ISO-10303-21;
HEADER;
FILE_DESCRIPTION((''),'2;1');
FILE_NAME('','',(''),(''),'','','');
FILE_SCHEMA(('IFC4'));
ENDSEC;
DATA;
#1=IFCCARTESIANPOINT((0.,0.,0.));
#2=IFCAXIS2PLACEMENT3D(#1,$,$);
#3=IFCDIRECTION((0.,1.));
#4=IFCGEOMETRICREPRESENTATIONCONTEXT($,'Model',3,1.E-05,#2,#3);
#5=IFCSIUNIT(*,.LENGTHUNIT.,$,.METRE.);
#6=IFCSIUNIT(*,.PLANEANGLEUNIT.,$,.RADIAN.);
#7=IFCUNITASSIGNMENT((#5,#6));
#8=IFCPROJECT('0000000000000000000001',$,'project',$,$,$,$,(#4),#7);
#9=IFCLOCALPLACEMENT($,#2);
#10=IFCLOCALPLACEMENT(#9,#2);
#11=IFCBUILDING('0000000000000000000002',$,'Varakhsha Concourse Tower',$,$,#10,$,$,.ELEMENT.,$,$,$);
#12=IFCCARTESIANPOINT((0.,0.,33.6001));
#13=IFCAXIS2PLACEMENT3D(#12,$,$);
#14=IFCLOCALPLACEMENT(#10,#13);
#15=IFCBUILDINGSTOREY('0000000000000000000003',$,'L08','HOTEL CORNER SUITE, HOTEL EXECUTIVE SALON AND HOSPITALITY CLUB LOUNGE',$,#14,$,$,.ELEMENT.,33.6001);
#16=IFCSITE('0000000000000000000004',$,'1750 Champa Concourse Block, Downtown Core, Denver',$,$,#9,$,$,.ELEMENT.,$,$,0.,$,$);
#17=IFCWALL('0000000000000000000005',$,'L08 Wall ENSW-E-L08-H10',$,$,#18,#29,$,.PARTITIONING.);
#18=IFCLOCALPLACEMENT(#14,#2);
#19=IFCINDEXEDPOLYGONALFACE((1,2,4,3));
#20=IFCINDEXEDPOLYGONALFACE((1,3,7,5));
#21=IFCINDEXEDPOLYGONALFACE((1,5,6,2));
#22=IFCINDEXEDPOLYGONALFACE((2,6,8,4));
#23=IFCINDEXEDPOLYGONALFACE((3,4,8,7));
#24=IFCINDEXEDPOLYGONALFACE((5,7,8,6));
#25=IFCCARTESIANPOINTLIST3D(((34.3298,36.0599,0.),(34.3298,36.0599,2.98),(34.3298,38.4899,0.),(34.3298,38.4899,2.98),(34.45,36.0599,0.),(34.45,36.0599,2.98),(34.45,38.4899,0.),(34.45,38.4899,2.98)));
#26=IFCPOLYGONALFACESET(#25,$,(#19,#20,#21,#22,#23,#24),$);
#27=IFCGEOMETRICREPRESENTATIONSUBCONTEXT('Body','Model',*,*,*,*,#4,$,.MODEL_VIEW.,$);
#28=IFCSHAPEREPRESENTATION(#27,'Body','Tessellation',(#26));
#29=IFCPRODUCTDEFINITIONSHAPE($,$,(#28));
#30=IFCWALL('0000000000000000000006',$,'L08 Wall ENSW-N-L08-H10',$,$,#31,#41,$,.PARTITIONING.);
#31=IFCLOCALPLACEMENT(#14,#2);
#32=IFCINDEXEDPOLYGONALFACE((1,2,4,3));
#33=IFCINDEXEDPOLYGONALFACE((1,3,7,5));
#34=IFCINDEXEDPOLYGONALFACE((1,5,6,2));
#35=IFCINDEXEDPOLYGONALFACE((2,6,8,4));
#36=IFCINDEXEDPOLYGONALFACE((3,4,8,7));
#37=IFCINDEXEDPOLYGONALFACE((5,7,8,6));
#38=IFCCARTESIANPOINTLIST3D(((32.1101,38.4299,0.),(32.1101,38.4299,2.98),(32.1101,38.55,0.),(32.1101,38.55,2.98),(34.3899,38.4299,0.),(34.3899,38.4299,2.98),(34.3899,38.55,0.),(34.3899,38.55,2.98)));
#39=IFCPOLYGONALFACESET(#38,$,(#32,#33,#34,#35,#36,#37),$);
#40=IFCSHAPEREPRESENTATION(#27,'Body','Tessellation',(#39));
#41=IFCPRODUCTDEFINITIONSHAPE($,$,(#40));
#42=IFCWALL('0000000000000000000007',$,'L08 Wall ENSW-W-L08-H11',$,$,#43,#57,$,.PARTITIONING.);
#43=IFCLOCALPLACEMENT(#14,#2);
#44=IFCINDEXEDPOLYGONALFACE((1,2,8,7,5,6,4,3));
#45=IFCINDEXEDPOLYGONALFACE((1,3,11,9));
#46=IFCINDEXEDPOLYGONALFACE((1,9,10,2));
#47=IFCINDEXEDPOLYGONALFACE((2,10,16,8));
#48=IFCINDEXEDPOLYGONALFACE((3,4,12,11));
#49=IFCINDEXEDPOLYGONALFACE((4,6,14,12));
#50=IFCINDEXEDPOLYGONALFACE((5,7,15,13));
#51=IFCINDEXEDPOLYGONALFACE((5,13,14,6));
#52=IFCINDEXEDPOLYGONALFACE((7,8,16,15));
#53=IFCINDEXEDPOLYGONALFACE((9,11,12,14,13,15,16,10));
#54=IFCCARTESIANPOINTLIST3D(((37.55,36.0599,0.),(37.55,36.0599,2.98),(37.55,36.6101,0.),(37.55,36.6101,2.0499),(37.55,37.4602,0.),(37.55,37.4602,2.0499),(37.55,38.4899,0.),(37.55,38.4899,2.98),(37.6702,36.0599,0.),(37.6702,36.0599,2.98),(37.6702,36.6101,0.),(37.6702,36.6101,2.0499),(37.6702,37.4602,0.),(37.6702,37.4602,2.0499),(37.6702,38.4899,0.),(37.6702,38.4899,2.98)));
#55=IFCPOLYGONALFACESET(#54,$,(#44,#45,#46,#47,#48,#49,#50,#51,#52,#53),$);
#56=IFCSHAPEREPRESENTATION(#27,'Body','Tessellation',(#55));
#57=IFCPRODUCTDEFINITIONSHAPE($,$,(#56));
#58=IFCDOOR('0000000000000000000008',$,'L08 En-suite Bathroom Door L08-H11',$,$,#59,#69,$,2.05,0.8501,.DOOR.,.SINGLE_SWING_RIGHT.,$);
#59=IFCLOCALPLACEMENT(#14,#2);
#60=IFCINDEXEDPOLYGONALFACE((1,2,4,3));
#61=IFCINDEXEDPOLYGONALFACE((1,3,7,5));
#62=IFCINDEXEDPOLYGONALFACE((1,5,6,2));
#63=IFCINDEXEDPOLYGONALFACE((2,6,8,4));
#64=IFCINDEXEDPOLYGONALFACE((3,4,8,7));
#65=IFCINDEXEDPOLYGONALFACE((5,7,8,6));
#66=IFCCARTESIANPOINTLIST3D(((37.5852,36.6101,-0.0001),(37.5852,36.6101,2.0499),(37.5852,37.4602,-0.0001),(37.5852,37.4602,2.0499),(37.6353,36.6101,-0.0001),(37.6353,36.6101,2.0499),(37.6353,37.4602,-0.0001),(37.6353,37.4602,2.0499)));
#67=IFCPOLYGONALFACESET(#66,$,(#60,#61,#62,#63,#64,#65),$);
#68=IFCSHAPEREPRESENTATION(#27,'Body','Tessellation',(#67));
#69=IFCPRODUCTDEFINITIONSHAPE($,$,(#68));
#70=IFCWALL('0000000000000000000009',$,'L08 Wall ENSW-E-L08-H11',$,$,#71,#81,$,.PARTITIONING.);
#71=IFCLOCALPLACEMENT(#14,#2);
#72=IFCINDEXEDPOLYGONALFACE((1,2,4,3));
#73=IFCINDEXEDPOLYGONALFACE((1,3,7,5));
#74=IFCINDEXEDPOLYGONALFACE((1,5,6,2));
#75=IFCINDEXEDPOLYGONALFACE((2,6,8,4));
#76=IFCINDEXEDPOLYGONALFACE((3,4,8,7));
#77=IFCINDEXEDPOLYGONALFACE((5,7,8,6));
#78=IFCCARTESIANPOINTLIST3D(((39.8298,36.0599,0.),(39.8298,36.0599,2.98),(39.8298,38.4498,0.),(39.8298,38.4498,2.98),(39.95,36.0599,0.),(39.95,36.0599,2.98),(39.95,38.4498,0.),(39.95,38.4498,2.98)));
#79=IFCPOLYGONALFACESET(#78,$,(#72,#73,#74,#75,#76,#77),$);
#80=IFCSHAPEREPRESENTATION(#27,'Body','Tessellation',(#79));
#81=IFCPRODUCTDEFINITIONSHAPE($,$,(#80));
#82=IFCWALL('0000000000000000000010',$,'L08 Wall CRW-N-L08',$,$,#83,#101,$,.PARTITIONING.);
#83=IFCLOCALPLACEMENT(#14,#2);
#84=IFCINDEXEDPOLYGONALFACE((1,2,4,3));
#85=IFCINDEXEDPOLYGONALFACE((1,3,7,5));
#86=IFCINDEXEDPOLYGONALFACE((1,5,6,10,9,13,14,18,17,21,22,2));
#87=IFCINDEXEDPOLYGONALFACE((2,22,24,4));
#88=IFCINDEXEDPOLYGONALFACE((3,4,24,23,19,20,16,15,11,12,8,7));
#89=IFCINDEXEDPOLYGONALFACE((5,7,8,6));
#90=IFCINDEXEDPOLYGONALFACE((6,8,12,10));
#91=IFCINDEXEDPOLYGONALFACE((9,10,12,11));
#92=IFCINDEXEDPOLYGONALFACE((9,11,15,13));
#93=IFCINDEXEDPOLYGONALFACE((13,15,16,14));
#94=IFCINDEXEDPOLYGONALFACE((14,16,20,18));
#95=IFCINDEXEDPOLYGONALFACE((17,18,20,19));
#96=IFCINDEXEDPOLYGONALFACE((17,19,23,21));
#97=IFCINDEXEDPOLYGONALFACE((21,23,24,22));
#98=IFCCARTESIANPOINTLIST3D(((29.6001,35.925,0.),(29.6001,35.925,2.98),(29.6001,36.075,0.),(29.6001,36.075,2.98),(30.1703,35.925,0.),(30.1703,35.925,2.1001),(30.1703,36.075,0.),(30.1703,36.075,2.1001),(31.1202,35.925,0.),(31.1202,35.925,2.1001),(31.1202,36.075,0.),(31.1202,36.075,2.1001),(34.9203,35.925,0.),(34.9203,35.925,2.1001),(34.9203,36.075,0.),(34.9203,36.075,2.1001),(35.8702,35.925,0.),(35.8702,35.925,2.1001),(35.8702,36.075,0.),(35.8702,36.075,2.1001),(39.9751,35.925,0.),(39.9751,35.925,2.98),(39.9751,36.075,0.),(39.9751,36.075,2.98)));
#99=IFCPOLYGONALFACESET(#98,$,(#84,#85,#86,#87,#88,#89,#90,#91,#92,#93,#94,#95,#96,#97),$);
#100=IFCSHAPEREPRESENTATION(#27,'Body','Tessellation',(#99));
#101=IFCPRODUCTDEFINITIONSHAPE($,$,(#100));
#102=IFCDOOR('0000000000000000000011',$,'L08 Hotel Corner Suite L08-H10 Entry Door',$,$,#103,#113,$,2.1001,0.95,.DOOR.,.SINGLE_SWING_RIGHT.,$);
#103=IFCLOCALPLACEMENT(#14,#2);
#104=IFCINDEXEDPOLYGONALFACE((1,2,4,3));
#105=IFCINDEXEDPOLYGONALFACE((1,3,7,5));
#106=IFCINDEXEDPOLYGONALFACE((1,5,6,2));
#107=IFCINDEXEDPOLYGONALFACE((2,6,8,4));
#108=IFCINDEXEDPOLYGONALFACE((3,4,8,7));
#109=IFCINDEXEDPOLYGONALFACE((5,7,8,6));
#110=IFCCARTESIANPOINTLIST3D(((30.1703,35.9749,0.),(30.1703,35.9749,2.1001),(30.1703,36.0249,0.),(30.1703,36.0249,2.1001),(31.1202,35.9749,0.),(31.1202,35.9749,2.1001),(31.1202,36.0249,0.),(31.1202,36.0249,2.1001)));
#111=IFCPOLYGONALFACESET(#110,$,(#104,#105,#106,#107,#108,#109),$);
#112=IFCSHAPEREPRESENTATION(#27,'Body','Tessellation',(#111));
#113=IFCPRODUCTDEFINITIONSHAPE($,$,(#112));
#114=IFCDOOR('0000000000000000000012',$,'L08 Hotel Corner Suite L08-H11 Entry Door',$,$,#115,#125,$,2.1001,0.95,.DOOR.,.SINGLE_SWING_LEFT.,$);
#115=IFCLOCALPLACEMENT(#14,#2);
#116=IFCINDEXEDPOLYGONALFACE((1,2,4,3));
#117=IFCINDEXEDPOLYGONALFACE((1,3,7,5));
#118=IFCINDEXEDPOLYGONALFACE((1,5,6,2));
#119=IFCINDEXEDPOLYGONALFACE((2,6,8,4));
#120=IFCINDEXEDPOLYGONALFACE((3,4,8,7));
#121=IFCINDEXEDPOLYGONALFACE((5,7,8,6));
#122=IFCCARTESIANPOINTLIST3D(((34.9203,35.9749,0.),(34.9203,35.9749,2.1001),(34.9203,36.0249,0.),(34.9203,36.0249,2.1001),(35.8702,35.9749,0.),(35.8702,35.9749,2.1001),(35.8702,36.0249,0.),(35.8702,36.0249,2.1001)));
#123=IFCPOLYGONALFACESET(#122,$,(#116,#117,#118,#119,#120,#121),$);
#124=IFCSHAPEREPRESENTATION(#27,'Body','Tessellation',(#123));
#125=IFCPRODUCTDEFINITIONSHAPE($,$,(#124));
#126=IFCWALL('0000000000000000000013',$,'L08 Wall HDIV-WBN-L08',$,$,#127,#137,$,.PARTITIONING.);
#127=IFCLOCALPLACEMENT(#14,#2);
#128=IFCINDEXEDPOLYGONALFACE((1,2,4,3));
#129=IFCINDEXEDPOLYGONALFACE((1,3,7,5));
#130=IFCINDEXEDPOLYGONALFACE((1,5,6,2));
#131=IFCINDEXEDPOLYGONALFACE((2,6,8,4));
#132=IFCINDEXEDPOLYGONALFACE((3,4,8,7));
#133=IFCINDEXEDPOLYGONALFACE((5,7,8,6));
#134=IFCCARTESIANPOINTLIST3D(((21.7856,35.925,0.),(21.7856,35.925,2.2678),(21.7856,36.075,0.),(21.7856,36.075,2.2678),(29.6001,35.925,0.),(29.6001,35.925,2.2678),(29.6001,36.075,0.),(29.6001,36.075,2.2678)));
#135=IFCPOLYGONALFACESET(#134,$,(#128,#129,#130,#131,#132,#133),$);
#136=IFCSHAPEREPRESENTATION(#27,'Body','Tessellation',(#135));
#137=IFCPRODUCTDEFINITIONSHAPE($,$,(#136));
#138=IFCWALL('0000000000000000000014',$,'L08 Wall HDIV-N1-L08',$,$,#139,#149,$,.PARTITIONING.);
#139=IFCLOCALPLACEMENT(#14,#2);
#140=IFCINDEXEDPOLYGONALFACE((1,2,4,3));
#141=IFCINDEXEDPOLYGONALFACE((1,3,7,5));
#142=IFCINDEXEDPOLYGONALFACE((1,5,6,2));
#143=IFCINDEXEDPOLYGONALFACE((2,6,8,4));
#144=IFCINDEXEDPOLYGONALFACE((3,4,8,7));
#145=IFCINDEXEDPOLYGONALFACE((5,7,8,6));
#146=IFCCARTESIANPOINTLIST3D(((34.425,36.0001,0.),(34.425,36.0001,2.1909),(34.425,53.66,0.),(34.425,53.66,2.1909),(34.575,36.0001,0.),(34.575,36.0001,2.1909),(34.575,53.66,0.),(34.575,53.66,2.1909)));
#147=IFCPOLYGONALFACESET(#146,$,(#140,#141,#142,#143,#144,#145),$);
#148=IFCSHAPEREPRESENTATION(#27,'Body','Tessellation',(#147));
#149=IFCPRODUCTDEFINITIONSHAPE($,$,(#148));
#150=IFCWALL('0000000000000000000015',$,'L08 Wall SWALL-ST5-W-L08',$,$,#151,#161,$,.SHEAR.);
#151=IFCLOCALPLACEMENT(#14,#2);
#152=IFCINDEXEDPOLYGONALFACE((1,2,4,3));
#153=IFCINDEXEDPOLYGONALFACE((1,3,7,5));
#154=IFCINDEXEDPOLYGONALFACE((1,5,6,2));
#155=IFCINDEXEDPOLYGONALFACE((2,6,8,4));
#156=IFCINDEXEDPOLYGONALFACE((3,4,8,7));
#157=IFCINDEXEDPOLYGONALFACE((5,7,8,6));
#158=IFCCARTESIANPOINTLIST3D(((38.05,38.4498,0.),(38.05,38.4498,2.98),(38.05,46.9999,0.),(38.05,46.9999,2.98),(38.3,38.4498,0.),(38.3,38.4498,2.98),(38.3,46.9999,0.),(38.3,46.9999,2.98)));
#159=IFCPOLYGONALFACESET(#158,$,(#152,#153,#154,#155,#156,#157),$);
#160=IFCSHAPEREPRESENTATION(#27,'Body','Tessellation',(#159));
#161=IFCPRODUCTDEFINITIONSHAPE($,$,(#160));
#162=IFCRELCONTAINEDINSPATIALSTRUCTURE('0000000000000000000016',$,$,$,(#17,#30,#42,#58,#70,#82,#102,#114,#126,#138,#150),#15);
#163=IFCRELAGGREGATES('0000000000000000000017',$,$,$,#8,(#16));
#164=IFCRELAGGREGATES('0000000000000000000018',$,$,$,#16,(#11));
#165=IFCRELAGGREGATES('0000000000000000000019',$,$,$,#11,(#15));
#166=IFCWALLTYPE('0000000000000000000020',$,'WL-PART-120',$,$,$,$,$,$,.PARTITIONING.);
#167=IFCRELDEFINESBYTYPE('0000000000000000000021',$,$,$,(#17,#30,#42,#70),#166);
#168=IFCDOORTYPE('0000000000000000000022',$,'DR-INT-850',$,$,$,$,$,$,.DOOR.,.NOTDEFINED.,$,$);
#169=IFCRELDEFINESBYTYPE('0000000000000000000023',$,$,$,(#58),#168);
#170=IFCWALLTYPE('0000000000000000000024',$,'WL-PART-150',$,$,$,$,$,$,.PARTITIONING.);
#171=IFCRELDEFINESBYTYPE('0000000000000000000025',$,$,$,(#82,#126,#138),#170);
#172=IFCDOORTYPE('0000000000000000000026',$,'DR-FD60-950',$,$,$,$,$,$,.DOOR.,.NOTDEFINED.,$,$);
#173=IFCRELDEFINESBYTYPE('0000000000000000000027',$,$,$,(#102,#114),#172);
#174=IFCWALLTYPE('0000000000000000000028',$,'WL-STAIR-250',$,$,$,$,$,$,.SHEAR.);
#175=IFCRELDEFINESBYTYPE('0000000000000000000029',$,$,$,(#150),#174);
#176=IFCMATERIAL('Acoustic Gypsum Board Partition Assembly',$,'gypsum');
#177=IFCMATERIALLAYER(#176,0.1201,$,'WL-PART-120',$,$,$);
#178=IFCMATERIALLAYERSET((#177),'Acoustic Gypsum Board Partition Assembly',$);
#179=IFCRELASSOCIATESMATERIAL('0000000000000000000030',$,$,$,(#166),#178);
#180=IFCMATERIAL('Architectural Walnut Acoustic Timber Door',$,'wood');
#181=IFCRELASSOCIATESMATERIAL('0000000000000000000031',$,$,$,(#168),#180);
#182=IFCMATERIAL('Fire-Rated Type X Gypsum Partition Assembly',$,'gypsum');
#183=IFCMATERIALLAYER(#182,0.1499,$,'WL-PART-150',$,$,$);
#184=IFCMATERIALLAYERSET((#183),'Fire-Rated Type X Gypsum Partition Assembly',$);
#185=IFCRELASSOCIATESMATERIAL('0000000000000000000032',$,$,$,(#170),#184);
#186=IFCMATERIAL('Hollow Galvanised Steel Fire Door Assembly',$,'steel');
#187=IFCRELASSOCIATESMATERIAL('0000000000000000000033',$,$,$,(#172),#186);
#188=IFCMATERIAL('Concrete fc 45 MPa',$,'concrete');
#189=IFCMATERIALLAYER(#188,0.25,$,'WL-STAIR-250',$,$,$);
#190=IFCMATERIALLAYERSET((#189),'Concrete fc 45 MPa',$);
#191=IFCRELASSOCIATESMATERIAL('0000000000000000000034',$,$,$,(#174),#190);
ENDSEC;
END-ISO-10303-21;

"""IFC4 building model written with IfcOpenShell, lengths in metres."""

from ifc_helpers import new_model, si_unit, direction, frame, frame_2d, origin, place, context, subcontext, project, spatial, rectangle, extrude, material, layer, layer_set, type_object, element, fill, save


model = new_model("IFC4")

# Units and contexts
model_context = context("Model", 3, precision=1e-05, world=origin(), true_north=direction((0.0, 1.0)))
body_context = subcontext(model_context, "Body", "Model", "MODEL_VIEW")
ifc_project = project(units=[si_unit("LENGTHUNIT", "METRE"), si_unit("PLANEANGLEUNIT", "RADIAN")], contexts=[model_context])

# Site, building, storey
site_placement = place(None, origin())
site = spatial("IfcSite", under=ifc_project, at=site_placement, Name="1750 Champa Concourse Block, Downtown Core, Denver", CompositionType="ELEMENT", RefElevation=0.0)
building_placement = place(site_placement, origin())
building = spatial("IfcBuilding", under=site, at=building_placement, Name="Varakhsha Concourse Tower", CompositionType="ELEMENT")
storey_placement = place(building_placement, frame((0.0, 0.0, 33.6001)))
storey = spatial("IfcBuildingStorey", under=building, at=storey_placement, Name="L08", Description="HOTEL CORNER SUITE, HOTEL EXECUTIVE SALON AND HOSPITALITY CLUB LOUNGE", CompositionType="ELEMENT", Elevation=33.6001)

# Shared definitions
ifc_material_1 = material(Name="Acoustic Gypsum Board Partition Assembly", Category="gypsum")
ifc_layer_1 = layer(ifc_material_1, 0.1201, Name="WL-PART-120")
ifc_layer_set_1 = layer_set([ifc_layer_1], Name="Acoustic Gypsum Board Partition Assembly")
wall_type_1 = type_object("IfcWallType", Name="WL-PART-120", PredefinedType="PARTITIONING", material=ifc_layer_set_1)

# Shared definitions
ifc_material_2 = material(Name="Architectural Walnut Acoustic Timber Door", Category="wood")
door_type_1 = type_object("IfcDoorType", Name="DR-INT-850", OperationType="NOTDEFINED", PredefinedType="DOOR", material=ifc_material_2)

# Walls
wall_1_placement = place(storey_placement, frame((34.3899, 36.0601, 0.0), z_axis=(0.0, 0.0, 1.0), x_axis=(0.0, 1.0, 0.0)))
element("IfcWall", 1, at=wall_1_placement, inside=storey, type_object=wall_type_1, Name="L08 Wall ENSW-E-L08-H10", PredefinedType="PARTITIONING", context=body_context, shape_type="SweptSolid", body=[
    extrude(rectangle(XDim=2.4299, YDim=0.1201, at=frame_2d((1.2148, 0.0))), origin(), (0.0, 0.0, 1.0), 2.98),
])
wall_2_placement = place(storey_placement, frame((32.1101, 38.49, 0.0), z_axis=(0.0, 0.0, 1.0), x_axis=(1.0, 0.0, 0.0)))
element("IfcWall", 2, at=wall_2_placement, inside=storey, type_object=wall_type_1, Name="L08 Wall ENSW-N-L08-H10", PredefinedType="PARTITIONING", context=body_context, shape_type="SweptSolid", body=[
    extrude(rectangle(XDim=2.2798, YDim=0.1201, at=frame_2d((1.1399, 0.0))), origin(), (0.0, 0.0, 1.0), 2.98),
])

# Wall, opening, door
wall_3_placement = place(storey_placement, frame((37.6101, 36.0601, 0.0), z_axis=(0.0, 0.0, 1.0), x_axis=(0.0, 1.0, 0.0)))
wall_3 = element("IfcWall", 3, at=wall_3_placement, inside=storey, type_object=wall_type_1, Name="L08 Wall ENSW-W-L08-H11", PredefinedType="PARTITIONING", context=body_context, shape_type="SweptSolid", body=[
    extrude(rectangle(XDim=2.4299, YDim=0.1201, at=frame_2d((1.2148, 0.0))), origin(), (0.0, 0.0, 1.0), 2.98),
])
opening_1_placement = place(wall_3_placement, frame((0.55, 0.0, 0.0)))
opening_1 = element("IfcOpeningElement", 4, at=opening_1_placement, cuts=wall_3, PredefinedType="OPENING", context=body_context, shape_type="SweptSolid", body=[
    extrude(rectangle(XDim=0.8501, YDim=2.05, at=frame_2d((0.425, 1.0249))), frame((0.0, 0.0701, 0.0), z_axis=(0.0, -1.0, 0.0), x_axis=(1.0, 0.0, 0.0)), (0.0, 0.0, 1.0), 0.1401),
])
door_1_placement = place(opening_1_placement, origin())
door_1 = element("IfcDoor", 5, at=door_1_placement, inside=storey, type_object=door_type_1, Name="L08 En-suite Bathroom Door L08-H11", OperationType="SINGLE_SWING_RIGHT", OverallHeight=2.05, OverallWidth=0.8501, PredefinedType="DOOR", context=body_context, shape_type="SweptSolid", body=[
    extrude(rectangle(XDim=0.8501, YDim=2.05, at=frame_2d((0.425, 1.0249))), frame((0.0, 0.0249, 0.0), z_axis=(0.0, -1.0, 0.0), x_axis=(1.0, 0.0, 0.0)), (0.0, 0.0, 1.0), 0.05),
])
fill(opening_1, door_1)

# Wall
wall_4_placement = place(storey_placement, frame((39.8899, 36.0601, 0.0), z_axis=(0.0, 0.0, 1.0), x_axis=(0.0, 1.0, 0.0)))
element("IfcWall", 6, at=wall_4_placement, inside=storey, type_object=wall_type_1, Name="L08 Wall ENSW-E-L08-H11", PredefinedType="PARTITIONING", context=body_context, shape_type="SweptSolid", body=[
    extrude(rectangle(XDim=2.3899, YDim=0.1201, at=frame_2d((1.1948, 0.0))), origin(), (0.0, 0.0, 1.0), 2.98),
])

# Wall, openings, doors
ifc_material_3 = material(Name="Fire-Rated Type X Gypsum Partition Assembly", Category="gypsum")
ifc_layer_2 = layer(ifc_material_3, 0.1499, Name="WL-PART-150")
ifc_layer_set_2 = layer_set([ifc_layer_2], Name="Fire-Rated Type X Gypsum Partition Assembly")
wall_type_2 = type_object("IfcWallType", Name="WL-PART-150", PredefinedType="PARTITIONING", material=ifc_layer_set_2)
wall_5_placement = place(storey_placement, frame((29.6001, 36.0, 0.0), z_axis=(0.0, 0.0, 1.0), x_axis=(1.0, 0.0, 0.0)))
wall_5 = element("IfcWall", 7, at=wall_5_placement, inside=storey, type_object=wall_type_2, Name="L08 Wall CRW-N-L08", PredefinedType="PARTITIONING", context=body_context, shape_type="SweptSolid", body=[
    extrude(rectangle(XDim=10.375, YDim=0.1499, at=frame_2d((5.1875, 0.0))), origin(), (0.0, 0.0, 1.0), 2.98),
])
opening_2_placement = place(wall_5_placement, frame((0.5701, 0.0, 0.0)))
opening_2 = element("IfcOpeningElement", 8, at=opening_2_placement, cuts=wall_5, PredefinedType="OPENING", context=body_context, shape_type="SweptSolid", body=[
    extrude(rectangle(XDim=0.95, YDim=2.1001, at=frame_2d((0.4751, 1.05))), frame((0.0, 0.085, 0.0), z_axis=(0.0, -1.0, 0.0), x_axis=(1.0, 0.0, 0.0)), (0.0, 0.0, 1.0), 0.1699),
])
opening_3_placement = place(wall_5_placement, frame((5.3201, 0.0, 0.0)))
opening_3 = element("IfcOpeningElement", 9, at=opening_3_placement, cuts=wall_5, PredefinedType="OPENING", context=body_context, shape_type="SweptSolid", body=[
    extrude(rectangle(XDim=0.95, YDim=2.1001, at=frame_2d((0.4751, 1.05))), frame((0.0, 0.085, 0.0), z_axis=(0.0, -1.0, 0.0), x_axis=(1.0, 0.0, 0.0)), (0.0, 0.0, 1.0), 0.1699),
])
ifc_material_4 = material(Name="Hollow Galvanised Steel Fire Door Assembly", Category="steel")
door_type_2 = type_object("IfcDoorType", Name="DR-FD60-950", OperationType="NOTDEFINED", PredefinedType="DOOR", material=ifc_material_4)
door_2_placement = place(opening_2_placement, origin())
door_2 = element("IfcDoor", 10, at=door_2_placement, inside=storey, type_object=door_type_2, Name="L08 Hotel Corner Suite L08-H10 Entry Door", OperationType="SINGLE_SWING_RIGHT", OverallHeight=2.1001, OverallWidth=0.95, PredefinedType="DOOR", context=body_context, shape_type="SweptSolid", body=[
    extrude(rectangle(XDim=0.95, YDim=2.1001, at=frame_2d((0.4751, 1.05))), frame((0.0, 0.0249, 0.0), z_axis=(0.0, -1.0, 0.0), x_axis=(1.0, 0.0, 0.0)), (0.0, 0.0, 1.0), 0.05),
])
fill(opening_2, door_2)
door_3_placement = place(opening_3_placement, origin())
door_3 = element("IfcDoor", 11, at=door_3_placement, inside=storey, type_object=door_type_2, Name="L08 Hotel Corner Suite L08-H11 Entry Door", OperationType="SINGLE_SWING_LEFT", OverallHeight=2.1001, OverallWidth=0.95, PredefinedType="DOOR", context=body_context, shape_type="SweptSolid", body=[
    extrude(rectangle(XDim=0.95, YDim=2.1001, at=frame_2d((0.4751, 1.05))), frame((0.0, 0.0249, 0.0), z_axis=(0.0, -1.0, 0.0), x_axis=(1.0, 0.0, 0.0)), (0.0, 0.0, 1.0), 0.05),
])
fill(opening_3, door_3)

# Walls
wall_6_placement = place(storey_placement, frame((21.7856, 36.0, 0.0), z_axis=(0.0, 0.0, 1.0), x_axis=(1.0, 0.0, 0.0)))
element("IfcWall", 12, at=wall_6_placement, inside=storey, type_object=wall_type_2, Name="L08 Wall HDIV-WBN-L08", PredefinedType="PARTITIONING", context=body_context, shape_type="SweptSolid", body=[
    extrude(rectangle(XDim=7.8145, YDim=0.1499, at=frame_2d((3.9072, 0.0))), origin(), (0.0, 0.0, 1.0), 2.2678),
])
wall_7_placement = place(storey_placement, frame((34.5, 36.0, 0.0), z_axis=(0.0, 0.0, 1.0), x_axis=(0.0, 1.0, 0.0)))
element("IfcWall", 13, at=wall_7_placement, inside=storey, type_object=wall_type_2, Name="L08 Wall HDIV-N1-L08", PredefinedType="PARTITIONING", context=body_context, shape_type="SweptSolid", body=[
    extrude(rectangle(XDim=17.6599, YDim=0.1499, at=frame_2d((8.8301, 0.0))), origin(), (0.0, 0.0, 1.0), 2.1909),
])
ifc_material_5 = material(Name="Concrete fc 45 MPa", Category="concrete")
ifc_layer_3 = layer(ifc_material_5, 0.25, Name="WL-STAIR-250")
ifc_layer_set_3 = layer_set([ifc_layer_3], Name="Concrete fc 45 MPa")
wall_type_3 = type_object("IfcWallType", Name="WL-STAIR-250", PredefinedType="SHEAR", material=ifc_layer_set_3)
wall_8_placement = place(storey_placement, frame((38.175, 38.45, 0.0), z_axis=(0.0, 0.0, 1.0), x_axis=(0.0, 1.0, 0.0)))
element("IfcWall", 14, at=wall_8_placement, inside=storey, type_object=wall_type_3, Name="L08 Wall SWALL-ST5-W-L08", PredefinedType="SHEAR", context=body_context, shape_type="SweptSolid", body=[
    extrude(rectangle(XDim=8.55, YDim=0.25, at=frame_2d((4.2749, 0.0))), origin(), (0.0, 0.0, 1.0), 2.98),
])

save(model, "model.ifc")
